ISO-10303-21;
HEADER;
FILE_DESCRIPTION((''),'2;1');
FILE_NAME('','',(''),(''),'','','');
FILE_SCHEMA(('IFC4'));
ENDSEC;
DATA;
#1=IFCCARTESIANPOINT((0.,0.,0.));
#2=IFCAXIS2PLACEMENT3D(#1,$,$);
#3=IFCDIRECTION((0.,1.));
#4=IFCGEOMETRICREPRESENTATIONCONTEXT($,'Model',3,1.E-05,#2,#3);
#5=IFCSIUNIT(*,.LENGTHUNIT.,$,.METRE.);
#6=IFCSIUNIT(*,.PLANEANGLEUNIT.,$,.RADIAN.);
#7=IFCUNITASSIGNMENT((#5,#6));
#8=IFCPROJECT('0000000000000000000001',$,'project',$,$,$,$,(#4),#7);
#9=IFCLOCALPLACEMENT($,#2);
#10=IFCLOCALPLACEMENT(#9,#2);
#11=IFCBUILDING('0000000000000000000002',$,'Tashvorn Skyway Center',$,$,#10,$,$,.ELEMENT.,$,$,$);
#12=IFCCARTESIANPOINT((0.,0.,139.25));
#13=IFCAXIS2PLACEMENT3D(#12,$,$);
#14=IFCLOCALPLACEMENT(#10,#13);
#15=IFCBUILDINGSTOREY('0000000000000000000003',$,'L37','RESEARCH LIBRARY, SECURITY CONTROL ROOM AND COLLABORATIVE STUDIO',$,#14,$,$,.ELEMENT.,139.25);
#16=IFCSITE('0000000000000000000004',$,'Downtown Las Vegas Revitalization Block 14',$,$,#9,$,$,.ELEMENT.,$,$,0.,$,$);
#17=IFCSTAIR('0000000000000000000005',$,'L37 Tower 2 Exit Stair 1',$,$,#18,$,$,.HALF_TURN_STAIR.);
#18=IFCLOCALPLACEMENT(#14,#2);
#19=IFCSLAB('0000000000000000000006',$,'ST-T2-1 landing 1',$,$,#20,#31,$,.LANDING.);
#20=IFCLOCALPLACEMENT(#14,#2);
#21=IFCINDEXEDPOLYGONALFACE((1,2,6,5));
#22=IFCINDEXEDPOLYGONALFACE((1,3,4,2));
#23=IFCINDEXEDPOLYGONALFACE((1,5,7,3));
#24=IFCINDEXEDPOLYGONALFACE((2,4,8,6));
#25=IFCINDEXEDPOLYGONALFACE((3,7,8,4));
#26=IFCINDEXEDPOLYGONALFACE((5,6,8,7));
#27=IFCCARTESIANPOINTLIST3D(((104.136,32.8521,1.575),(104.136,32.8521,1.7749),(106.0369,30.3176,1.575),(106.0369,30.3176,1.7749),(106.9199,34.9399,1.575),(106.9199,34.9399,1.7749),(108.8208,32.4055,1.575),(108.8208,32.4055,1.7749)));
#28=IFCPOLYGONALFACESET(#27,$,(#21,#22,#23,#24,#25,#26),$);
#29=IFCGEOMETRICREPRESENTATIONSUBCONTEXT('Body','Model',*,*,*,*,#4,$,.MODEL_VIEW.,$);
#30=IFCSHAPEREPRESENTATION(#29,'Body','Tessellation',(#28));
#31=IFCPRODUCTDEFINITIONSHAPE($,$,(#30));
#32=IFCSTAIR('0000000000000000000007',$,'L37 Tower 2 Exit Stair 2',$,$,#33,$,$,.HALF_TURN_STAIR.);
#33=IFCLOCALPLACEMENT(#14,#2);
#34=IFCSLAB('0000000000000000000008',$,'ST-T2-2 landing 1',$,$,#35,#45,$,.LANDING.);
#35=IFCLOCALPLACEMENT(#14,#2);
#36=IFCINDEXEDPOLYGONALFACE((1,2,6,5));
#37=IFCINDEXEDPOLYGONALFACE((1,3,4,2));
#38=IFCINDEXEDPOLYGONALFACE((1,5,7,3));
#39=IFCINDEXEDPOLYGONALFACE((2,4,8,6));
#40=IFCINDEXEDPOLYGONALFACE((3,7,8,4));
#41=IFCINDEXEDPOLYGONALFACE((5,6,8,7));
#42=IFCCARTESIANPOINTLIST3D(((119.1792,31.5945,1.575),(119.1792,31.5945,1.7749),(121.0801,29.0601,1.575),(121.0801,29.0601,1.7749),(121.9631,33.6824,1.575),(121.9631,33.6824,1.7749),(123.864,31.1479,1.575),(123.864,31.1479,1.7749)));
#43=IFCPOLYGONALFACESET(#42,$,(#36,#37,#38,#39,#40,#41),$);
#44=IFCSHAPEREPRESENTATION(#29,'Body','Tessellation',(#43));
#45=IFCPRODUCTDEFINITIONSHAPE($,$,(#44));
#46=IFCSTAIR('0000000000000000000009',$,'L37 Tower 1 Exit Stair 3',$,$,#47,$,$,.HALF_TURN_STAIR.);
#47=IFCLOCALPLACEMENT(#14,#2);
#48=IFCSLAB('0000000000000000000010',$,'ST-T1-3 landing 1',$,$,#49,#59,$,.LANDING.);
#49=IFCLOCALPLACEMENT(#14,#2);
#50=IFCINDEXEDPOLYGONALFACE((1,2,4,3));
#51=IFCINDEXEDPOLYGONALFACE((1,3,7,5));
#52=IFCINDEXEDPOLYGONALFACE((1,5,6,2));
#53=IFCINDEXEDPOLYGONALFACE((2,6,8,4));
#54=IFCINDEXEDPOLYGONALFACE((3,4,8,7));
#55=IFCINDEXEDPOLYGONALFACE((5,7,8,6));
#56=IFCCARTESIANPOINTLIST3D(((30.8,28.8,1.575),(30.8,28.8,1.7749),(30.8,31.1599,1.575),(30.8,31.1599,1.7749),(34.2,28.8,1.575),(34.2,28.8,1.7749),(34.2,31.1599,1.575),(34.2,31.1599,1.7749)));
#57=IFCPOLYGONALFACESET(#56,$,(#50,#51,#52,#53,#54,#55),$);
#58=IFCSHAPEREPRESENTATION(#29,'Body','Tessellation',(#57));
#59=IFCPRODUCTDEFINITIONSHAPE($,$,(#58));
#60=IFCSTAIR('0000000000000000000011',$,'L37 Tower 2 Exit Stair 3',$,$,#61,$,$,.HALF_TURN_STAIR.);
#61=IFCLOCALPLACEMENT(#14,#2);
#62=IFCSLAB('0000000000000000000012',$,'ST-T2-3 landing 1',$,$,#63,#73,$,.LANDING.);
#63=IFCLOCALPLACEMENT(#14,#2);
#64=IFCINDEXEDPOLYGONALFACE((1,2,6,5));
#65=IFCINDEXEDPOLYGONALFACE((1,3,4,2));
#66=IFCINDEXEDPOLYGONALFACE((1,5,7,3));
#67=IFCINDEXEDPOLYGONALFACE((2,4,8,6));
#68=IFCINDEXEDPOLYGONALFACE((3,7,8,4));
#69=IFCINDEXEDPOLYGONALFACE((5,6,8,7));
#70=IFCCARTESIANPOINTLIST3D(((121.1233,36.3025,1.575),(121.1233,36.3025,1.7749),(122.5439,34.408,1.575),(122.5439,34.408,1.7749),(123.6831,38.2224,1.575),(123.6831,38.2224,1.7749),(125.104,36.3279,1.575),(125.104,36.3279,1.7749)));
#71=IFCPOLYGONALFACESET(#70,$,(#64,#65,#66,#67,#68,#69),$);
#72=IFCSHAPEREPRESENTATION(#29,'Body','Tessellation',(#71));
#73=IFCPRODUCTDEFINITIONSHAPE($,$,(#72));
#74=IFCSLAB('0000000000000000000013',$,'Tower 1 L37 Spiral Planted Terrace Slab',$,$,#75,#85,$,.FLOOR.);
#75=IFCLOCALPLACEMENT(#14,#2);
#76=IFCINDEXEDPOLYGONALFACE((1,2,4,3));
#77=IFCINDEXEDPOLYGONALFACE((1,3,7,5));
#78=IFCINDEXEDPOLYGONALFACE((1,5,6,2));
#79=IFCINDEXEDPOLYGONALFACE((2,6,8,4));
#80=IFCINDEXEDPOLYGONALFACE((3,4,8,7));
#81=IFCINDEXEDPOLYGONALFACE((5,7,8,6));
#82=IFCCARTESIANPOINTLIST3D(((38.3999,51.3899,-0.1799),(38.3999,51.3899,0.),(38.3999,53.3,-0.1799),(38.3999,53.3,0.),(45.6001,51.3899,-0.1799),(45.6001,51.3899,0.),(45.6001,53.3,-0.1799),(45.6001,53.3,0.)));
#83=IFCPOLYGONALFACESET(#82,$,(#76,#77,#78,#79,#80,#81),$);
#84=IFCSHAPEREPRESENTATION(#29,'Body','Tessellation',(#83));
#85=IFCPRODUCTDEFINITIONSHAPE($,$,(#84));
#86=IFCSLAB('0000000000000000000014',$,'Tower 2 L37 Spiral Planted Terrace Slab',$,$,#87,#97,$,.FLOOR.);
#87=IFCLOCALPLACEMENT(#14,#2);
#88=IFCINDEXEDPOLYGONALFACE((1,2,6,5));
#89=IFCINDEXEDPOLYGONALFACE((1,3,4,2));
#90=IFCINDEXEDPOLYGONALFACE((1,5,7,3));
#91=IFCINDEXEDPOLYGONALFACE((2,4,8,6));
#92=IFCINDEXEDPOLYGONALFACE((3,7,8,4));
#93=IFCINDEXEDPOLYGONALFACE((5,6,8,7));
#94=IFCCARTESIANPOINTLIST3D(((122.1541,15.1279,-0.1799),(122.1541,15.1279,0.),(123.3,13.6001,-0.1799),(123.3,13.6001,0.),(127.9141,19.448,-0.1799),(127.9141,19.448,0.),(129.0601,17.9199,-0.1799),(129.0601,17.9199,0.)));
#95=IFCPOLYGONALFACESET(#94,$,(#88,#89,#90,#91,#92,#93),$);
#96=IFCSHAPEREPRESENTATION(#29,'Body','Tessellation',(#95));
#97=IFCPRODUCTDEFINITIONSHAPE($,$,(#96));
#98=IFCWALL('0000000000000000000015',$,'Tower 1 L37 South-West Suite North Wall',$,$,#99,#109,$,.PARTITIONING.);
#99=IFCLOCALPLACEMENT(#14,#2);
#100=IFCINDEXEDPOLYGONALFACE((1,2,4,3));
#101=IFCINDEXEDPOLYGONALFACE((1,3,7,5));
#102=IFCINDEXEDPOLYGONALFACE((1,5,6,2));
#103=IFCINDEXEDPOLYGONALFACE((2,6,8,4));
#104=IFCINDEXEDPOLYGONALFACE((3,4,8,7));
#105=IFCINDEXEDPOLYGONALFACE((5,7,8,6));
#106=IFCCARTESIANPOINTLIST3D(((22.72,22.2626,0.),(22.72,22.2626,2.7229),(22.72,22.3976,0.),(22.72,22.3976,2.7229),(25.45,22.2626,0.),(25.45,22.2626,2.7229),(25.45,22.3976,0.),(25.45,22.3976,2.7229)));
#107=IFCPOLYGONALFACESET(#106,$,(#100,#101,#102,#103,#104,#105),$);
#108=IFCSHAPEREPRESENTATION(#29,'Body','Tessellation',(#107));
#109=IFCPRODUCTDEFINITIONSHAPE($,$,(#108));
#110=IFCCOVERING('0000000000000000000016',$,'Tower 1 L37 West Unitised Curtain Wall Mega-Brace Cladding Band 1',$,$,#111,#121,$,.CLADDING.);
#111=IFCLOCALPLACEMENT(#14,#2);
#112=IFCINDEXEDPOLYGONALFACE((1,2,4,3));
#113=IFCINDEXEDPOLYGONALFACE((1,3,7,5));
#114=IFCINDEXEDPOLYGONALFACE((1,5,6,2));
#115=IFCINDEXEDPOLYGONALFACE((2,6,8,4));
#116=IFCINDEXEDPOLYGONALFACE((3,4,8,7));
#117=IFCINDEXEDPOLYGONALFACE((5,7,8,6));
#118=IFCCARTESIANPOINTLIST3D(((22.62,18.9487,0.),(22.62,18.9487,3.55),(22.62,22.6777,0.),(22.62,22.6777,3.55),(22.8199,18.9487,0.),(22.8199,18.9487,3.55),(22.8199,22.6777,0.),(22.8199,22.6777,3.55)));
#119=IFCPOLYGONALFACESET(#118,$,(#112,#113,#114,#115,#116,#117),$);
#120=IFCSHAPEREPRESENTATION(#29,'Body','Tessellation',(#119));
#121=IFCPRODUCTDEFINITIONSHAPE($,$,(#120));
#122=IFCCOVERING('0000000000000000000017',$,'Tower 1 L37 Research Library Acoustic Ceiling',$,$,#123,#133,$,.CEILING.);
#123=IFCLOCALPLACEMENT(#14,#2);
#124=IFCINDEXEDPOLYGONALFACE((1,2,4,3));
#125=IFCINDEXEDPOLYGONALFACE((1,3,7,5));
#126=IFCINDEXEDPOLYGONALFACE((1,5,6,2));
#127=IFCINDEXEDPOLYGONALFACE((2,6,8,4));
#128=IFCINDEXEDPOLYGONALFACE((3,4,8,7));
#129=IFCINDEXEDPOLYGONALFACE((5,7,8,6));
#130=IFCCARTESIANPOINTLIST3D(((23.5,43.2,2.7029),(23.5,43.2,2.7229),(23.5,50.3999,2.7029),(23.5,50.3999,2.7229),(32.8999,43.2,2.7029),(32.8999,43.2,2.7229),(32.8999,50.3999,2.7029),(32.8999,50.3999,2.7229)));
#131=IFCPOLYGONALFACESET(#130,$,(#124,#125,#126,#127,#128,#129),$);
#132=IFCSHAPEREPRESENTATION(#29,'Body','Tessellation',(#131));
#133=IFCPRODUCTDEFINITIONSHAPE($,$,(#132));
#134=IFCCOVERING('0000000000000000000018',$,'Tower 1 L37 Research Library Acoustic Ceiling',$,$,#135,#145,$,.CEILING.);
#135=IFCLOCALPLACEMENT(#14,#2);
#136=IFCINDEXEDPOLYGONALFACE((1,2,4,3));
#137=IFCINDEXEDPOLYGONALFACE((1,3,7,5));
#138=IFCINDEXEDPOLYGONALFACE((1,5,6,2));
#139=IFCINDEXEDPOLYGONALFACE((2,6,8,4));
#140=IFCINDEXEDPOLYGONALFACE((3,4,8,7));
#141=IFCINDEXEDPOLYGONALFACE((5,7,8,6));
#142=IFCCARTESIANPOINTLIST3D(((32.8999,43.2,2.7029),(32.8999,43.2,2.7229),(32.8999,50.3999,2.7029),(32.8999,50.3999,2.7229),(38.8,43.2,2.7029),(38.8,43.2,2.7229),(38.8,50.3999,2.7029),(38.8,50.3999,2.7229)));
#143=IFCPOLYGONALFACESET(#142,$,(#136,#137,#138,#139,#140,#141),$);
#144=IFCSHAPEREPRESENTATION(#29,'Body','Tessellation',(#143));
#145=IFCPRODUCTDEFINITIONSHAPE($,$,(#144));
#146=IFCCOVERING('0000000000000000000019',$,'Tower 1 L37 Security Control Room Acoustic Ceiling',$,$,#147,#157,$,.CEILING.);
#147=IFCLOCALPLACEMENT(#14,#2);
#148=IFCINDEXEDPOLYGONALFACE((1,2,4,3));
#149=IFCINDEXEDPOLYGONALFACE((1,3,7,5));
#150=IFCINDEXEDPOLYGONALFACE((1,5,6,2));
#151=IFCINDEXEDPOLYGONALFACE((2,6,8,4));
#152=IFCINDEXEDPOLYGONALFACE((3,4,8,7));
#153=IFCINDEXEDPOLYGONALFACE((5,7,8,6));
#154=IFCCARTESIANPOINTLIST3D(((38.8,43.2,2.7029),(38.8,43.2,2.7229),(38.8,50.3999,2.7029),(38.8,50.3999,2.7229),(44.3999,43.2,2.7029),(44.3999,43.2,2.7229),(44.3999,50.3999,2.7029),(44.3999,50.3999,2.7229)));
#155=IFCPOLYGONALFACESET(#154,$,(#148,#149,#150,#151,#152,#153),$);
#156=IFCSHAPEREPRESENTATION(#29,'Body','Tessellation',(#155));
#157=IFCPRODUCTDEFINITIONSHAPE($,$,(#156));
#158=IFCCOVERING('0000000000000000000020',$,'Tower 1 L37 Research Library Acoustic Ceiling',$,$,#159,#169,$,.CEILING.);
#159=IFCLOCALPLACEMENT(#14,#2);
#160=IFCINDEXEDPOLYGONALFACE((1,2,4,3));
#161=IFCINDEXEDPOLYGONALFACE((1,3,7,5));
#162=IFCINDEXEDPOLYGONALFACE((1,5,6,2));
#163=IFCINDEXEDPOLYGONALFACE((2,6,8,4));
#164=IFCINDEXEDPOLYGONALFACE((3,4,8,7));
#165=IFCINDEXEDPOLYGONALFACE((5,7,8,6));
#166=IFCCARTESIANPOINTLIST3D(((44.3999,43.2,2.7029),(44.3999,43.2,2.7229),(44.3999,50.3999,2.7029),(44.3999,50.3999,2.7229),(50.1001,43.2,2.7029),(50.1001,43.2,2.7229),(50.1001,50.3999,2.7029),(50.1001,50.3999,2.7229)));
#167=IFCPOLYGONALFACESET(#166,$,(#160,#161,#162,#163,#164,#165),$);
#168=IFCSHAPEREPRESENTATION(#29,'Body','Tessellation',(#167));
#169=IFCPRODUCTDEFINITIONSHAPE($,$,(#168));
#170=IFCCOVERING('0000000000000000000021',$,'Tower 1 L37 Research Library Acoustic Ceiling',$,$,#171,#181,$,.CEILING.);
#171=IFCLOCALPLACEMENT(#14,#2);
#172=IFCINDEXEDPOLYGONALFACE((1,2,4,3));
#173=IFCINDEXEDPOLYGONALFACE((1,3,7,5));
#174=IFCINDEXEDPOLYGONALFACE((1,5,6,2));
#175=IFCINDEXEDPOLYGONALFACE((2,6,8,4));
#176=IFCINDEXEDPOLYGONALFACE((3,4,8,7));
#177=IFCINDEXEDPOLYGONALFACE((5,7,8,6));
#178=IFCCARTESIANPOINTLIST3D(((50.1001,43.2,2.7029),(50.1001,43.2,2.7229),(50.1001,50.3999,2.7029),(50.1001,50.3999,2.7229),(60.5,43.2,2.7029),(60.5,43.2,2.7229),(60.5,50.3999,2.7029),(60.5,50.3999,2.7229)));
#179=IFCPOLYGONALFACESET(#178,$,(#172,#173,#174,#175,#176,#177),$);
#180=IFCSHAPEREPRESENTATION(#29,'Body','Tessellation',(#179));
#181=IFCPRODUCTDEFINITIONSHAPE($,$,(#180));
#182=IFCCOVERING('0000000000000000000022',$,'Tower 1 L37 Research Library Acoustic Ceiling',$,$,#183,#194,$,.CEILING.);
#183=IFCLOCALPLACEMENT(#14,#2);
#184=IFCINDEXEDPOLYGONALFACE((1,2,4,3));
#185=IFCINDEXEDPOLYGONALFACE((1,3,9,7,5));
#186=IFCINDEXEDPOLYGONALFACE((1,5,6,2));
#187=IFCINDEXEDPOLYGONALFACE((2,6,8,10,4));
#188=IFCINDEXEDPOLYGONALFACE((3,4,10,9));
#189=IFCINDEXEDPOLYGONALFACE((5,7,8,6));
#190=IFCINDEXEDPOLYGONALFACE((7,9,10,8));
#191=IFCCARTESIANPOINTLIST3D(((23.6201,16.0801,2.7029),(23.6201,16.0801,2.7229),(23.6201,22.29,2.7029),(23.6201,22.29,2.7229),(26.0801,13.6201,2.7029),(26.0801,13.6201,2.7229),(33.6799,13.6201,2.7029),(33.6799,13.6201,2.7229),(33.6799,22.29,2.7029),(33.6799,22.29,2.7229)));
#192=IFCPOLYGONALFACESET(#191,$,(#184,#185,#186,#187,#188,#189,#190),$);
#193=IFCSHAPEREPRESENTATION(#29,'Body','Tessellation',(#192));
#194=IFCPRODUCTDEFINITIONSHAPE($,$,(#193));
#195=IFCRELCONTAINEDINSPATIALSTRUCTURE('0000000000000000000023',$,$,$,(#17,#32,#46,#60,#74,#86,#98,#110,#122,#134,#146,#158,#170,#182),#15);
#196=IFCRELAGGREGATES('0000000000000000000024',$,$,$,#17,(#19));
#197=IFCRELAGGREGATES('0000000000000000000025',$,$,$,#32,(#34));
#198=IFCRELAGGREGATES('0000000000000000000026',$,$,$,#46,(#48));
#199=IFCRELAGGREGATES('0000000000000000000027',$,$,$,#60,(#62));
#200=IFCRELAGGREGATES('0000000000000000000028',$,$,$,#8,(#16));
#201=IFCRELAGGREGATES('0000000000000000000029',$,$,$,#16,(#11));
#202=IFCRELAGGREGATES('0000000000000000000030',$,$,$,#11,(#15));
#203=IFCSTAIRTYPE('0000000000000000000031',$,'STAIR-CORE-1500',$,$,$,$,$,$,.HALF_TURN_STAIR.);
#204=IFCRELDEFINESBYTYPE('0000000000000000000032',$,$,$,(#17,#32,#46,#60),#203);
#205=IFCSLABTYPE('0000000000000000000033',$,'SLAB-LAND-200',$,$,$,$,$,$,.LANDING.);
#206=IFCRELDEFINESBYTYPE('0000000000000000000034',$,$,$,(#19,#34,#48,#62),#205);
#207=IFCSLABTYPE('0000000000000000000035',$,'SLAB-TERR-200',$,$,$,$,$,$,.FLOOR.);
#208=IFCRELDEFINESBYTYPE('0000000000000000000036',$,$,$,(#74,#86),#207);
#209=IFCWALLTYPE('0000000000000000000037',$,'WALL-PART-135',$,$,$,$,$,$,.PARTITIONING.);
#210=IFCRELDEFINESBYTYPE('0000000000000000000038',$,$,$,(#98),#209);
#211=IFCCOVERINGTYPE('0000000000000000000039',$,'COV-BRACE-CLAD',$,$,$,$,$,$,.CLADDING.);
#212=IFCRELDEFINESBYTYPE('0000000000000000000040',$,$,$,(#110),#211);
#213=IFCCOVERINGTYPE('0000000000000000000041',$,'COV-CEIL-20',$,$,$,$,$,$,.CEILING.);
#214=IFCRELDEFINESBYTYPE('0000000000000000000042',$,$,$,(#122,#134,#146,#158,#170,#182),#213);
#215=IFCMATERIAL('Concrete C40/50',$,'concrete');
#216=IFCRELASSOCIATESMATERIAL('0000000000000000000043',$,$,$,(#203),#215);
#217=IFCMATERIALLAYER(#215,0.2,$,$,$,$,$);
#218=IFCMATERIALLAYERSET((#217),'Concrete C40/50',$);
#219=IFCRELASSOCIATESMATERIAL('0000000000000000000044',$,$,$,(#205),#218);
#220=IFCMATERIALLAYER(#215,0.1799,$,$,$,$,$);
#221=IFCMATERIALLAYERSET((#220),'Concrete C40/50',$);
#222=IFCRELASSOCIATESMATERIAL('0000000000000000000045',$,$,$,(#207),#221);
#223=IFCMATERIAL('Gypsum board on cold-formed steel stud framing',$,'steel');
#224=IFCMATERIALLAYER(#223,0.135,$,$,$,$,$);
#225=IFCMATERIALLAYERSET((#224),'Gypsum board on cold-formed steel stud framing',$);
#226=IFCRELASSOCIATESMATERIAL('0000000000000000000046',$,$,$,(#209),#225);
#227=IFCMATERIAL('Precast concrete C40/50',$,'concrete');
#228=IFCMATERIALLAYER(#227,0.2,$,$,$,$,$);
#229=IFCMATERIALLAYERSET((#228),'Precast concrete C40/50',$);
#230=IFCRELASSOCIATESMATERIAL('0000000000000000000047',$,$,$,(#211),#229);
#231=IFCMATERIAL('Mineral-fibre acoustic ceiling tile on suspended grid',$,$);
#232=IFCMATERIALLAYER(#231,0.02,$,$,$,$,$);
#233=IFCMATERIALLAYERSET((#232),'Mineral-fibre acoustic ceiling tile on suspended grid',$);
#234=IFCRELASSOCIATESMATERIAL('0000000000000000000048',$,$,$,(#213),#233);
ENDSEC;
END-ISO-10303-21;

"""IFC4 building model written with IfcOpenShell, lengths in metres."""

from ifc_helpers import new_model, si_unit, direction, frame, frame_2d, origin, origin_2d, place, context, subcontext, project, spatial, polyline, rectangle, outline, extrude, material, layer, layer_set, type_object, element, aggregate, save


model = new_model("IFC4")

# Units and contexts
model_context = context("Model", 3, precision=1e-05, world=origin(), true_north=direction((0.0, 1.0)))
body_context = subcontext(model_context, "Body", "Model", "MODEL_VIEW")
ifc_project = project(units=[si_unit("LENGTHUNIT", "METRE"), si_unit("PLANEANGLEUNIT", "RADIAN")], contexts=[model_context])

# Site, building, storey
site_placement = place(None, origin())
site = spatial("IfcSite", under=ifc_project, at=site_placement, Name="Downtown Las Vegas Revitalization Block 14", CompositionType="ELEMENT", RefElevation=0.0)
building_placement = place(site_placement, origin())
building = spatial("IfcBuilding", under=site, at=building_placement, Name="Tashvorn Skyway Center", CompositionType="ELEMENT")
storey_placement = place(building_placement, frame((0.0, 0.0, 139.25)))
storey = spatial("IfcBuildingStorey", under=building, at=storey_placement, Name="L37", Description="RESEARCH LIBRARY, SECURITY CONTROL ROOM AND COLLABORATIVE STUDIO", CompositionType="ELEMENT", Elevation=139.25)

# Shared definitions
ifc_material_1 = material(Name="Concrete C40/50", Category="concrete")

# Stairs, slabs
stair_type = type_object("IfcStairType", Name="STAIR-CORE-1500", PredefinedType="HALF_TURN_STAIR", material=ifc_material_1)
ifc_layer_1 = layer(ifc_material_1, 0.2)
ifc_layer_set_1 = layer_set([ifc_layer_1], Name="Concrete C40/50")
slab_type_1 = type_object("IfcSlabType", Name="SLAB-LAND-200", PredefinedType="LANDING", material=ifc_layer_set_1)
stair_1_placement = place(storey_placement, origin())
stair_1 = element("IfcStair", 1, at=stair_1_placement, inside=storey, type_object=stair_type, Name="L37 Tower 2 Exit Stair 1", PredefinedType="HALF_TURN_STAIR")
slab_1_placement = place(storey_placement, frame((0.0, 0.0, 1.575)))
slab_1 = element("IfcSlab", 2, at=slab_1_placement, type_object=slab_type_1, Name="ST-T2-1 landing 1", PredefinedType="LANDING", context=body_context, shape_type="SweptSolid", body=[
    extrude(outline(polyline([(108.8208, 32.4055), (106.9199, 34.9399), (104.136, 32.8521), (106.0369, 30.3176), (108.8208, 32.4055)])), origin(), (0.0, 0.0, 1.0), 0.2),
])
aggregate(stair_1, [slab_1])
stair_2_placement = place(storey_placement, origin())
stair_2 = element("IfcStair", 3, at=stair_2_placement, inside=storey, type_object=stair_type, Name="L37 Tower 2 Exit Stair 2", PredefinedType="HALF_TURN_STAIR")
slab_2_placement = place(storey_placement, frame((0.0, 0.0, 1.575)))
slab_2 = element("IfcSlab", 4, at=slab_2_placement, type_object=slab_type_1, Name="ST-T2-2 landing 1", PredefinedType="LANDING", context=body_context, shape_type="SweptSolid", body=[
    extrude(outline(polyline([(119.1792, 31.5945), (121.0801, 29.0601), (123.864, 31.1479), (121.9631, 33.6824), (119.1792, 31.5945)])), origin(), (0.0, 0.0, 1.0), 0.2),
])
aggregate(stair_2, [slab_2])
stair_3_placement = place(storey_placement, origin())
stair_3 = element("IfcStair", 5, at=stair_3_placement, inside=storey, type_object=stair_type, Name="L37 Tower 1 Exit Stair 3", PredefinedType="HALF_TURN_STAIR")
slab_3_placement = place(storey_placement, frame((0.0, 0.0, 1.575)))
slab_3 = element("IfcSlab", 6, at=slab_3_placement, type_object=slab_type_1, Name="ST-T1-3 landing 1", PredefinedType="LANDING", context=body_context, shape_type="SweptSolid", body=[
    extrude(outline(polyline([(30.8, 31.1599), (30.8, 28.8), (34.2, 28.8), (34.2, 31.1599), (30.8, 31.1599)])), origin(), (0.0, 0.0, 1.0), 0.2),
])
aggregate(stair_3, [slab_3])
stair_4_placement = place(storey_placement, origin())
stair_4 = element("IfcStair", 7, at=stair_4_placement, inside=storey, type_object=stair_type, Name="L37 Tower 2 Exit Stair 3", PredefinedType="HALF_TURN_STAIR")
slab_4_placement = place(storey_placement, frame((0.0, 0.0, 1.575)))
slab_4 = element("IfcSlab", 8, at=slab_4_placement, type_object=slab_type_1, Name="ST-T2-3 landing 1", PredefinedType="LANDING", context=body_context, shape_type="SweptSolid", body=[
    extrude(outline(polyline([(121.1233, 36.3025), (122.5439, 34.408), (125.104, 36.3279), (123.6831, 38.2224), (121.1233, 36.3025)])), origin(), (0.0, 0.0, 1.0), 0.2),
])
aggregate(stair_4, [slab_4])

# Slabs
ifc_layer_2 = layer(ifc_material_1, 0.1799)
ifc_layer_set_2 = layer_set([ifc_layer_2], Name="Concrete C40/50")
slab_type_2 = type_object("IfcSlabType", Name="SLAB-TERR-200", PredefinedType="FLOOR", material=ifc_layer_set_2)
slab_5_placement = place(storey_placement, frame((0.0, 0.0, -0.1799)))
element("IfcSlab", 9, at=slab_5_placement, inside=storey, type_object=slab_type_2, Name="Tower 1 L37 Spiral Planted Terrace Slab", PredefinedType="FLOOR", context=body_context, shape_type="SweptSolid", body=[
    extrude(outline(polyline([(38.3999, 51.3899), (45.6001, 51.3899), (45.6001, 53.3), (38.3999, 53.3), (38.3999, 51.3899)])), origin(), (0.0, 0.0, 1.0), 0.1799),
])
slab_6_placement = place(storey_placement, frame((0.0, 0.0, -0.1799)))
element("IfcSlab", 10, at=slab_6_placement, inside=storey, type_object=slab_type_2, Name="Tower 2 L37 Spiral Planted Terrace Slab", PredefinedType="FLOOR", context=body_context, shape_type="SweptSolid", body=[
    extrude(outline(polyline([(123.3, 13.6001), (129.0601, 17.9199), (127.9141, 19.448), (122.1541, 15.1279), (123.3, 13.6001)])), origin(), (0.0, 0.0, 1.0), 0.1799),
])

# Wall
ifc_material_2 = material(Name="Gypsum board on cold-formed steel stud framing", Category="steel")
ifc_layer_3 = layer(ifc_material_2, 0.135)
ifc_layer_set_3 = layer_set([ifc_layer_3], Name="Gypsum board on cold-formed steel stud framing")
wall_type = type_object("IfcWallType", Name="WALL-PART-135", PredefinedType="PARTITIONING", material=ifc_layer_set_3)
wall_placement = place(storey_placement, frame((22.72, 22.3301, 0.0), z_axis=(0.0, 0.0, 1.0), x_axis=(1.0, 0.0, 0.0)))
element("IfcWall", 11, at=wall_placement, inside=storey, type_object=wall_type, Name="Tower 1 L37 South-West Suite North Wall", PredefinedType="PARTITIONING", context=body_context, shape_type="SweptSolid", body=[
    extrude(rectangle(XDim=2.73, YDim=0.135, at=frame_2d((1.365, 0.0))), origin(), (0.0, 0.0, 1.0), 2.7229),
])

# Coverings
ifc_material_3 = material(Name="Precast concrete C40/50", Category="concrete")
ifc_layer_4 = layer(ifc_material_3, 0.2)
ifc_layer_set_4 = layer_set([ifc_layer_4], Name="Precast concrete C40/50")
covering_type_1 = type_object("IfcCoveringType", Name="COV-BRACE-CLAD", PredefinedType="CLADDING", material=ifc_layer_set_4)
covering_1_placement = place(storey_placement, frame((22.72, 20.8132, 0.0), z_axis=(0.0, 0.0, 1.0), x_axis=(0.0, 1.0, 0.0)))
element("IfcCovering", 12, at=covering_1_placement, inside=storey, type_object=covering_type_1, Name="Tower 1 L37 West Unitised Curtain Wall Mega-Brace Cladding Band 1", PredefinedType="CLADDING", context=body_context, shape_type="SweptSolid", body=[
    extrude(rectangle(XDim=3.729, YDim=0.2, at=origin_2d()), origin(), (0.0, 0.0, 1.0), 3.55),
])
ifc_material_4 = material(Name="Mineral-fibre acoustic ceiling tile on suspended grid")
ifc_layer_5 = layer(ifc_material_4, 0.02)
ifc_layer_set_5 = layer_set([ifc_layer_5], Name="Mineral-fibre acoustic ceiling tile on suspended grid")
covering_type_2 = type_object("IfcCoveringType", Name="COV-CEIL-20", PredefinedType="CEILING", material=ifc_layer_set_5)
covering_2_placement = place(storey_placement, frame((0.0, 0.0, 2.7029)))
element("IfcCovering", 13, at=covering_2_placement, inside=storey, type_object=covering_type_2, Name="Tower 1 L37 Research Library Acoustic Ceiling", PredefinedType="CEILING", context=body_context, shape_type="SweptSolid", body=[
    extrude(outline(polyline([(23.5, 43.2), (32.8999, 43.2), (32.8999, 50.3999), (23.5, 50.3999), (23.5, 43.2)])), origin(), (0.0, 0.0, 1.0), 0.02),
])
covering_3_placement = place(storey_placement, frame((0.0, 0.0, 2.7029)))
element("IfcCovering", 14, at=covering_3_placement, inside=storey, type_object=covering_type_2, Name="Tower 1 L37 Research Library Acoustic Ceiling", PredefinedType="CEILING", context=body_context, shape_type="SweptSolid", body=[
    extrude(outline(polyline([(32.8999, 43.2), (38.8, 43.2), (38.8, 50.3999), (32.8999, 50.3999), (32.8999, 43.2)])), origin(), (0.0, 0.0, 1.0), 0.02),
])
covering_4_placement = place(storey_placement, frame((0.0, 0.0, 2.7029)))
element("IfcCovering", 15, at=covering_4_placement, inside=storey, type_object=covering_type_2, Name="Tower 1 L37 Security Control Room Acoustic Ceiling", PredefinedType="CEILING", context=body_context, shape_type="SweptSolid", body=[
    extrude(outline(polyline([(38.8, 43.2), (44.3999, 43.2), (44.3999, 50.3999), (38.8, 50.3999), (38.8, 43.2)])), origin(), (0.0, 0.0, 1.0), 0.02),
])
covering_5_placement = place(storey_placement, frame((0.0, 0.0, 2.7029)))
element("IfcCovering", 16, at=covering_5_placement, inside=storey, type_object=covering_type_2, Name="Tower 1 L37 Research Library Acoustic Ceiling", PredefinedType="CEILING", context=body_context, shape_type="SweptSolid", body=[
    extrude(outline(polyline([(44.3999, 43.2), (50.1001, 43.2), (50.1001, 50.3999), (44.3999, 50.3999), (44.3999, 43.2)])), origin(), (0.0, 0.0, 1.0), 0.02),
])
covering_6_placement = place(storey_placement, frame((0.0, 0.0, 2.7029)))
element("IfcCovering", 17, at=covering_6_placement, inside=storey, type_object=covering_type_2, Name="Tower 1 L37 Research Library Acoustic Ceiling", PredefinedType="CEILING", context=body_context, shape_type="SweptSolid", body=[
    extrude(outline(polyline([(50.1001, 43.2), (60.5, 43.2), (60.5, 50.3999), (50.1001, 50.3999), (50.1001, 43.2)])), origin(), (0.0, 0.0, 1.0), 0.02),
])
covering_7_placement = place(storey_placement, frame((0.0, 0.0, 2.7029)))
element("IfcCovering", 18, at=covering_7_placement, inside=storey, type_object=covering_type_2, Name="Tower 1 L37 Research Library Acoustic Ceiling", PredefinedType="CEILING", context=body_context, shape_type="SweptSolid", body=[
    extrude(outline(polyline([(23.6201, 22.29), (33.6799, 22.29), (33.6799, 13.6201), (26.0801, 13.6201), (23.6201, 16.0801), (23.6201, 22.29)])), origin(), (0.0, 0.0, 1.0), 0.02),
])

save(model, "model.ifc")
